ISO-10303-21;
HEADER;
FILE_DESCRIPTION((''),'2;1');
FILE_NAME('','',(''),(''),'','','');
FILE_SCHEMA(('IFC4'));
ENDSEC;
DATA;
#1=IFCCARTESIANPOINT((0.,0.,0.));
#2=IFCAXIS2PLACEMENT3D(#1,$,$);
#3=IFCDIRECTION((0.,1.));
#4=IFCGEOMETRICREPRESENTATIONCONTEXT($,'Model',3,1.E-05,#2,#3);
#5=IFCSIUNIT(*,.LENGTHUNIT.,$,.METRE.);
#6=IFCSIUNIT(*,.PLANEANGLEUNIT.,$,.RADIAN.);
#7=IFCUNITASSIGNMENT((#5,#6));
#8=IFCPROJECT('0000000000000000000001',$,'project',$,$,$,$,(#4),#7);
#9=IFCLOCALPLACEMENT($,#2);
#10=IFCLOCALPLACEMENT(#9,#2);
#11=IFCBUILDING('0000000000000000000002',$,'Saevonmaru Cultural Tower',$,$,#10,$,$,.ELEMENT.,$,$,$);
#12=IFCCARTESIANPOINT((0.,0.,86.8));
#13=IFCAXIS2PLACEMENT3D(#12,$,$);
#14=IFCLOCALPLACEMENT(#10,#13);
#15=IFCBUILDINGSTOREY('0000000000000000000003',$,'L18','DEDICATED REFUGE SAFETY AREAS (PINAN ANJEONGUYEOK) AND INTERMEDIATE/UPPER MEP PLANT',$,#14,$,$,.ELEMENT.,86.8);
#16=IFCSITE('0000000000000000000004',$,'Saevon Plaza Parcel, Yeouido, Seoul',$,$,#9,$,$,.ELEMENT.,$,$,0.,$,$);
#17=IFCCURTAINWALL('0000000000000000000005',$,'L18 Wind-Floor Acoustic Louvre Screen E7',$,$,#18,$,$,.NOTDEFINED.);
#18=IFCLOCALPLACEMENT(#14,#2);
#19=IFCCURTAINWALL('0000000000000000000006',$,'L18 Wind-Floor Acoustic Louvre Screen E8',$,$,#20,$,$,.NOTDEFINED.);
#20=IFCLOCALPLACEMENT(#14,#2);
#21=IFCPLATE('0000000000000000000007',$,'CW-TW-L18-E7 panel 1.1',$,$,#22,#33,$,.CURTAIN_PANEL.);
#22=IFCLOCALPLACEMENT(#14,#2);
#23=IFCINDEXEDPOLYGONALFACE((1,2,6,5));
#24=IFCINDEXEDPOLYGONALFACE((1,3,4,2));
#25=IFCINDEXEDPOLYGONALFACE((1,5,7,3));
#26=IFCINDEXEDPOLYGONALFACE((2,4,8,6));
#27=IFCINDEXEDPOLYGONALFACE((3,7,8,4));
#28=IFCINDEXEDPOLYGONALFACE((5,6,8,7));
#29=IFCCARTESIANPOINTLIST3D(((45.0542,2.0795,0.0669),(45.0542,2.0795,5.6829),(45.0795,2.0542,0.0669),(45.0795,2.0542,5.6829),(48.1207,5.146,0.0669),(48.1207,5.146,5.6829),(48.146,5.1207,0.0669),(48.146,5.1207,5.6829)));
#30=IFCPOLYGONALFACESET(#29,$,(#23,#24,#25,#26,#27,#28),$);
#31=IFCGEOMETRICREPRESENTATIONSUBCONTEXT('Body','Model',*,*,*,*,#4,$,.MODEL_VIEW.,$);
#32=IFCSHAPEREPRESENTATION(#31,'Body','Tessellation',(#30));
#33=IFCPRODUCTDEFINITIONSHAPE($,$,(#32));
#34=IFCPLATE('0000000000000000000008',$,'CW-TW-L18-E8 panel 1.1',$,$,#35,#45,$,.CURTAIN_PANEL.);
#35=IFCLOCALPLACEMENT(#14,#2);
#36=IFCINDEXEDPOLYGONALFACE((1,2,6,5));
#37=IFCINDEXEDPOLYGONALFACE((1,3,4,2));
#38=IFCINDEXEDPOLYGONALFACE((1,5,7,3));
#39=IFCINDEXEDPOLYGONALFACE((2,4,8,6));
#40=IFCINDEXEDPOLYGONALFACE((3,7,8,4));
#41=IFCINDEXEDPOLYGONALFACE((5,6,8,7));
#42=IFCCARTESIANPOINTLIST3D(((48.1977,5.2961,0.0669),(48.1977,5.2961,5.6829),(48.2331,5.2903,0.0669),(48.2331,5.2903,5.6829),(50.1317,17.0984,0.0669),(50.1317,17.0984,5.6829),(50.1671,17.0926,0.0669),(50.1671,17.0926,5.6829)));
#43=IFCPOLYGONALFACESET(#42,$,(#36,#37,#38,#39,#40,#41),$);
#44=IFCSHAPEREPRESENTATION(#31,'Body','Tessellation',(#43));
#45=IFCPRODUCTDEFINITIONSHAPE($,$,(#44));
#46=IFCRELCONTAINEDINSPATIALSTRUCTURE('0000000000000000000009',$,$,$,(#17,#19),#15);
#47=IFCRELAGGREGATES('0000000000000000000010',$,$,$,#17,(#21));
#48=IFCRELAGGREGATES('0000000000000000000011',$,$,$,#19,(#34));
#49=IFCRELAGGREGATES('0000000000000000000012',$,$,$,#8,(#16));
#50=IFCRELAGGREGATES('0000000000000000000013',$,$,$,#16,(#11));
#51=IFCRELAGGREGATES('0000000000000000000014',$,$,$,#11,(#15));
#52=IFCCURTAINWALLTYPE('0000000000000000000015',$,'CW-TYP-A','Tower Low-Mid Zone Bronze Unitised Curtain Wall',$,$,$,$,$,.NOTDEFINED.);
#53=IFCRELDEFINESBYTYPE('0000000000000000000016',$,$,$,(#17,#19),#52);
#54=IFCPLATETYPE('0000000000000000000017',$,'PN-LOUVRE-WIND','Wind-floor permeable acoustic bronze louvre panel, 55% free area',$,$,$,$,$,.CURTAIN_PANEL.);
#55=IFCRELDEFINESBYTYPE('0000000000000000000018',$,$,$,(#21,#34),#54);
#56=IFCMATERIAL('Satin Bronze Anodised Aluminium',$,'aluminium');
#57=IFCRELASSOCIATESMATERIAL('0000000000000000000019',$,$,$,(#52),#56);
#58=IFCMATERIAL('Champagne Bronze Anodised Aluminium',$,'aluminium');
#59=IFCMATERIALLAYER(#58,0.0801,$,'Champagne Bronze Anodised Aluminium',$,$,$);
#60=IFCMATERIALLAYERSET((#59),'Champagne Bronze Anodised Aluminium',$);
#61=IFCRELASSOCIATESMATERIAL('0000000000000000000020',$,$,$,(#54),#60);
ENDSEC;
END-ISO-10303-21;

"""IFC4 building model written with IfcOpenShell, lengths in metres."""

from ifc_helpers import new_model, si_unit, direction, frame, origin, origin_2d, place, context, subcontext, project, spatial, rectangle, extrude, material, layer, layer_set, type_object, element, aggregate, save


model = new_model("IFC4")

# Units and contexts
model_context = context("Model", 3, precision=1e-05, world=origin(), true_north=direction((0.0, 1.0)))
body_context = subcontext(model_context, "Body", "Model", "MODEL_VIEW")
ifc_project = project(units=[si_unit("LENGTHUNIT", "METRE"), si_unit("PLANEANGLEUNIT", "RADIAN")], contexts=[model_context])

# Site, building, storey
site_placement = place(None, origin())
site = spatial("IfcSite", under=ifc_project, at=site_placement, Name="Saevon Plaza Parcel, Yeouido, Seoul", CompositionType="ELEMENT", RefElevation=0.0)
building_placement = place(site_placement, origin())
building = spatial("IfcBuilding", under=site, at=building_placement, Name="Saevonmaru Cultural Tower", CompositionType="ELEMENT")
storey_placement = place(building_placement, frame((0.0, 0.0, 86.8)))
storey = spatial("IfcBuildingStorey", under=building, at=storey_placement, Name="L18", Description="DEDICATED REFUGE SAFETY AREAS (PINAN ANJEONGUYEOK) AND INTERMEDIATE/UPPER MEP PLANT", CompositionType="ELEMENT", Elevation=86.8)

# Shared definitions
ifc_material_1 = material(Name="Satin Bronze Anodised Aluminium", Category="aluminium")
curtain_wall_type = type_object("IfcCurtainWallType", Name="CW-TYP-A", Description="Tower Low-Mid Zone Bronze Unitised Curtain Wall", PredefinedType="NOTDEFINED", material=ifc_material_1)

# Curtain wall
curtain_wall_1_placement = place(storey_placement, origin())
curtain_wall_1 = element("IfcCurtainWall", 1, at=curtain_wall_1_placement, inside=storey, type_object=curtain_wall_type, Name="L18 Wind-Floor Acoustic Louvre Screen E7", PredefinedType="NOTDEFINED")

# Curtain wall
curtain_wall_2_placement = place(storey_placement, origin())
curtain_wall_2 = element("IfcCurtainWall", 2, at=curtain_wall_2_placement, inside=storey, type_object=curtain_wall_type, Name="L18 Wind-Floor Acoustic Louvre Screen E8", PredefinedType="NOTDEFINED")

# Plates
ifc_material_2 = material(Name="Champagne Bronze Anodised Aluminium", Category="aluminium")
ifc_layer_1 = layer(ifc_material_2, 0.0801, Name="Champagne Bronze Anodised Aluminium")
ifc_layer_set_1 = layer_set([ifc_layer_1], Name="Champagne Bronze Anodised Aluminium")
plate_type_1 = type_object("IfcPlateType", Name="PN-LOUVRE-WIND", Description="Wind-floor permeable acoustic bronze louvre panel, 55% free area", PredefinedType="CURTAIN_PANEL", material=ifc_layer_set_1)
plate_1_placement = place(storey_placement, frame((46.6001, 3.6001, 0.0669), z_axis=(0.0, 0.0, 1.0), x_axis=(0.707107, 0.707107, 0.0)))
plate_1 = element("IfcPlate", 3, at=plate_1_placement, type_object=plate_type_1, Name="CW-TW-L18-E7 panel 1.1", PredefinedType="CURTAIN_PANEL", context=body_context, shape_type="SweptSolid", body=[
    extrude(rectangle(XDim=4.3367, YDim=0.0359, at=origin_2d()), origin(), (0.0, 0.0, 1.0), 5.616),
])
aggregate(curtain_wall_1, [plate_1])
plate_2_placement = place(storey_placement, frame((49.1824, 11.1943, 0.0669), z_axis=(0.0, 0.0, 1.0), x_axis=(0.161709, 0.986839, 0.0)))
plate_2 = element("IfcPlate", 4, at=plate_2_placement, type_object=plate_type_1, Name="CW-TW-L18-E8 panel 1.1", PredefinedType="CURTAIN_PANEL", context=body_context, shape_type="SweptSolid", body=[
    extrude(rectangle(XDim=11.9597, YDim=0.0359, at=origin_2d()), origin(), (0.0, 0.0, 1.0), 5.616),
])
aggregate(curtain_wall_2, [plate_2])

save(model, "model.ifc")
